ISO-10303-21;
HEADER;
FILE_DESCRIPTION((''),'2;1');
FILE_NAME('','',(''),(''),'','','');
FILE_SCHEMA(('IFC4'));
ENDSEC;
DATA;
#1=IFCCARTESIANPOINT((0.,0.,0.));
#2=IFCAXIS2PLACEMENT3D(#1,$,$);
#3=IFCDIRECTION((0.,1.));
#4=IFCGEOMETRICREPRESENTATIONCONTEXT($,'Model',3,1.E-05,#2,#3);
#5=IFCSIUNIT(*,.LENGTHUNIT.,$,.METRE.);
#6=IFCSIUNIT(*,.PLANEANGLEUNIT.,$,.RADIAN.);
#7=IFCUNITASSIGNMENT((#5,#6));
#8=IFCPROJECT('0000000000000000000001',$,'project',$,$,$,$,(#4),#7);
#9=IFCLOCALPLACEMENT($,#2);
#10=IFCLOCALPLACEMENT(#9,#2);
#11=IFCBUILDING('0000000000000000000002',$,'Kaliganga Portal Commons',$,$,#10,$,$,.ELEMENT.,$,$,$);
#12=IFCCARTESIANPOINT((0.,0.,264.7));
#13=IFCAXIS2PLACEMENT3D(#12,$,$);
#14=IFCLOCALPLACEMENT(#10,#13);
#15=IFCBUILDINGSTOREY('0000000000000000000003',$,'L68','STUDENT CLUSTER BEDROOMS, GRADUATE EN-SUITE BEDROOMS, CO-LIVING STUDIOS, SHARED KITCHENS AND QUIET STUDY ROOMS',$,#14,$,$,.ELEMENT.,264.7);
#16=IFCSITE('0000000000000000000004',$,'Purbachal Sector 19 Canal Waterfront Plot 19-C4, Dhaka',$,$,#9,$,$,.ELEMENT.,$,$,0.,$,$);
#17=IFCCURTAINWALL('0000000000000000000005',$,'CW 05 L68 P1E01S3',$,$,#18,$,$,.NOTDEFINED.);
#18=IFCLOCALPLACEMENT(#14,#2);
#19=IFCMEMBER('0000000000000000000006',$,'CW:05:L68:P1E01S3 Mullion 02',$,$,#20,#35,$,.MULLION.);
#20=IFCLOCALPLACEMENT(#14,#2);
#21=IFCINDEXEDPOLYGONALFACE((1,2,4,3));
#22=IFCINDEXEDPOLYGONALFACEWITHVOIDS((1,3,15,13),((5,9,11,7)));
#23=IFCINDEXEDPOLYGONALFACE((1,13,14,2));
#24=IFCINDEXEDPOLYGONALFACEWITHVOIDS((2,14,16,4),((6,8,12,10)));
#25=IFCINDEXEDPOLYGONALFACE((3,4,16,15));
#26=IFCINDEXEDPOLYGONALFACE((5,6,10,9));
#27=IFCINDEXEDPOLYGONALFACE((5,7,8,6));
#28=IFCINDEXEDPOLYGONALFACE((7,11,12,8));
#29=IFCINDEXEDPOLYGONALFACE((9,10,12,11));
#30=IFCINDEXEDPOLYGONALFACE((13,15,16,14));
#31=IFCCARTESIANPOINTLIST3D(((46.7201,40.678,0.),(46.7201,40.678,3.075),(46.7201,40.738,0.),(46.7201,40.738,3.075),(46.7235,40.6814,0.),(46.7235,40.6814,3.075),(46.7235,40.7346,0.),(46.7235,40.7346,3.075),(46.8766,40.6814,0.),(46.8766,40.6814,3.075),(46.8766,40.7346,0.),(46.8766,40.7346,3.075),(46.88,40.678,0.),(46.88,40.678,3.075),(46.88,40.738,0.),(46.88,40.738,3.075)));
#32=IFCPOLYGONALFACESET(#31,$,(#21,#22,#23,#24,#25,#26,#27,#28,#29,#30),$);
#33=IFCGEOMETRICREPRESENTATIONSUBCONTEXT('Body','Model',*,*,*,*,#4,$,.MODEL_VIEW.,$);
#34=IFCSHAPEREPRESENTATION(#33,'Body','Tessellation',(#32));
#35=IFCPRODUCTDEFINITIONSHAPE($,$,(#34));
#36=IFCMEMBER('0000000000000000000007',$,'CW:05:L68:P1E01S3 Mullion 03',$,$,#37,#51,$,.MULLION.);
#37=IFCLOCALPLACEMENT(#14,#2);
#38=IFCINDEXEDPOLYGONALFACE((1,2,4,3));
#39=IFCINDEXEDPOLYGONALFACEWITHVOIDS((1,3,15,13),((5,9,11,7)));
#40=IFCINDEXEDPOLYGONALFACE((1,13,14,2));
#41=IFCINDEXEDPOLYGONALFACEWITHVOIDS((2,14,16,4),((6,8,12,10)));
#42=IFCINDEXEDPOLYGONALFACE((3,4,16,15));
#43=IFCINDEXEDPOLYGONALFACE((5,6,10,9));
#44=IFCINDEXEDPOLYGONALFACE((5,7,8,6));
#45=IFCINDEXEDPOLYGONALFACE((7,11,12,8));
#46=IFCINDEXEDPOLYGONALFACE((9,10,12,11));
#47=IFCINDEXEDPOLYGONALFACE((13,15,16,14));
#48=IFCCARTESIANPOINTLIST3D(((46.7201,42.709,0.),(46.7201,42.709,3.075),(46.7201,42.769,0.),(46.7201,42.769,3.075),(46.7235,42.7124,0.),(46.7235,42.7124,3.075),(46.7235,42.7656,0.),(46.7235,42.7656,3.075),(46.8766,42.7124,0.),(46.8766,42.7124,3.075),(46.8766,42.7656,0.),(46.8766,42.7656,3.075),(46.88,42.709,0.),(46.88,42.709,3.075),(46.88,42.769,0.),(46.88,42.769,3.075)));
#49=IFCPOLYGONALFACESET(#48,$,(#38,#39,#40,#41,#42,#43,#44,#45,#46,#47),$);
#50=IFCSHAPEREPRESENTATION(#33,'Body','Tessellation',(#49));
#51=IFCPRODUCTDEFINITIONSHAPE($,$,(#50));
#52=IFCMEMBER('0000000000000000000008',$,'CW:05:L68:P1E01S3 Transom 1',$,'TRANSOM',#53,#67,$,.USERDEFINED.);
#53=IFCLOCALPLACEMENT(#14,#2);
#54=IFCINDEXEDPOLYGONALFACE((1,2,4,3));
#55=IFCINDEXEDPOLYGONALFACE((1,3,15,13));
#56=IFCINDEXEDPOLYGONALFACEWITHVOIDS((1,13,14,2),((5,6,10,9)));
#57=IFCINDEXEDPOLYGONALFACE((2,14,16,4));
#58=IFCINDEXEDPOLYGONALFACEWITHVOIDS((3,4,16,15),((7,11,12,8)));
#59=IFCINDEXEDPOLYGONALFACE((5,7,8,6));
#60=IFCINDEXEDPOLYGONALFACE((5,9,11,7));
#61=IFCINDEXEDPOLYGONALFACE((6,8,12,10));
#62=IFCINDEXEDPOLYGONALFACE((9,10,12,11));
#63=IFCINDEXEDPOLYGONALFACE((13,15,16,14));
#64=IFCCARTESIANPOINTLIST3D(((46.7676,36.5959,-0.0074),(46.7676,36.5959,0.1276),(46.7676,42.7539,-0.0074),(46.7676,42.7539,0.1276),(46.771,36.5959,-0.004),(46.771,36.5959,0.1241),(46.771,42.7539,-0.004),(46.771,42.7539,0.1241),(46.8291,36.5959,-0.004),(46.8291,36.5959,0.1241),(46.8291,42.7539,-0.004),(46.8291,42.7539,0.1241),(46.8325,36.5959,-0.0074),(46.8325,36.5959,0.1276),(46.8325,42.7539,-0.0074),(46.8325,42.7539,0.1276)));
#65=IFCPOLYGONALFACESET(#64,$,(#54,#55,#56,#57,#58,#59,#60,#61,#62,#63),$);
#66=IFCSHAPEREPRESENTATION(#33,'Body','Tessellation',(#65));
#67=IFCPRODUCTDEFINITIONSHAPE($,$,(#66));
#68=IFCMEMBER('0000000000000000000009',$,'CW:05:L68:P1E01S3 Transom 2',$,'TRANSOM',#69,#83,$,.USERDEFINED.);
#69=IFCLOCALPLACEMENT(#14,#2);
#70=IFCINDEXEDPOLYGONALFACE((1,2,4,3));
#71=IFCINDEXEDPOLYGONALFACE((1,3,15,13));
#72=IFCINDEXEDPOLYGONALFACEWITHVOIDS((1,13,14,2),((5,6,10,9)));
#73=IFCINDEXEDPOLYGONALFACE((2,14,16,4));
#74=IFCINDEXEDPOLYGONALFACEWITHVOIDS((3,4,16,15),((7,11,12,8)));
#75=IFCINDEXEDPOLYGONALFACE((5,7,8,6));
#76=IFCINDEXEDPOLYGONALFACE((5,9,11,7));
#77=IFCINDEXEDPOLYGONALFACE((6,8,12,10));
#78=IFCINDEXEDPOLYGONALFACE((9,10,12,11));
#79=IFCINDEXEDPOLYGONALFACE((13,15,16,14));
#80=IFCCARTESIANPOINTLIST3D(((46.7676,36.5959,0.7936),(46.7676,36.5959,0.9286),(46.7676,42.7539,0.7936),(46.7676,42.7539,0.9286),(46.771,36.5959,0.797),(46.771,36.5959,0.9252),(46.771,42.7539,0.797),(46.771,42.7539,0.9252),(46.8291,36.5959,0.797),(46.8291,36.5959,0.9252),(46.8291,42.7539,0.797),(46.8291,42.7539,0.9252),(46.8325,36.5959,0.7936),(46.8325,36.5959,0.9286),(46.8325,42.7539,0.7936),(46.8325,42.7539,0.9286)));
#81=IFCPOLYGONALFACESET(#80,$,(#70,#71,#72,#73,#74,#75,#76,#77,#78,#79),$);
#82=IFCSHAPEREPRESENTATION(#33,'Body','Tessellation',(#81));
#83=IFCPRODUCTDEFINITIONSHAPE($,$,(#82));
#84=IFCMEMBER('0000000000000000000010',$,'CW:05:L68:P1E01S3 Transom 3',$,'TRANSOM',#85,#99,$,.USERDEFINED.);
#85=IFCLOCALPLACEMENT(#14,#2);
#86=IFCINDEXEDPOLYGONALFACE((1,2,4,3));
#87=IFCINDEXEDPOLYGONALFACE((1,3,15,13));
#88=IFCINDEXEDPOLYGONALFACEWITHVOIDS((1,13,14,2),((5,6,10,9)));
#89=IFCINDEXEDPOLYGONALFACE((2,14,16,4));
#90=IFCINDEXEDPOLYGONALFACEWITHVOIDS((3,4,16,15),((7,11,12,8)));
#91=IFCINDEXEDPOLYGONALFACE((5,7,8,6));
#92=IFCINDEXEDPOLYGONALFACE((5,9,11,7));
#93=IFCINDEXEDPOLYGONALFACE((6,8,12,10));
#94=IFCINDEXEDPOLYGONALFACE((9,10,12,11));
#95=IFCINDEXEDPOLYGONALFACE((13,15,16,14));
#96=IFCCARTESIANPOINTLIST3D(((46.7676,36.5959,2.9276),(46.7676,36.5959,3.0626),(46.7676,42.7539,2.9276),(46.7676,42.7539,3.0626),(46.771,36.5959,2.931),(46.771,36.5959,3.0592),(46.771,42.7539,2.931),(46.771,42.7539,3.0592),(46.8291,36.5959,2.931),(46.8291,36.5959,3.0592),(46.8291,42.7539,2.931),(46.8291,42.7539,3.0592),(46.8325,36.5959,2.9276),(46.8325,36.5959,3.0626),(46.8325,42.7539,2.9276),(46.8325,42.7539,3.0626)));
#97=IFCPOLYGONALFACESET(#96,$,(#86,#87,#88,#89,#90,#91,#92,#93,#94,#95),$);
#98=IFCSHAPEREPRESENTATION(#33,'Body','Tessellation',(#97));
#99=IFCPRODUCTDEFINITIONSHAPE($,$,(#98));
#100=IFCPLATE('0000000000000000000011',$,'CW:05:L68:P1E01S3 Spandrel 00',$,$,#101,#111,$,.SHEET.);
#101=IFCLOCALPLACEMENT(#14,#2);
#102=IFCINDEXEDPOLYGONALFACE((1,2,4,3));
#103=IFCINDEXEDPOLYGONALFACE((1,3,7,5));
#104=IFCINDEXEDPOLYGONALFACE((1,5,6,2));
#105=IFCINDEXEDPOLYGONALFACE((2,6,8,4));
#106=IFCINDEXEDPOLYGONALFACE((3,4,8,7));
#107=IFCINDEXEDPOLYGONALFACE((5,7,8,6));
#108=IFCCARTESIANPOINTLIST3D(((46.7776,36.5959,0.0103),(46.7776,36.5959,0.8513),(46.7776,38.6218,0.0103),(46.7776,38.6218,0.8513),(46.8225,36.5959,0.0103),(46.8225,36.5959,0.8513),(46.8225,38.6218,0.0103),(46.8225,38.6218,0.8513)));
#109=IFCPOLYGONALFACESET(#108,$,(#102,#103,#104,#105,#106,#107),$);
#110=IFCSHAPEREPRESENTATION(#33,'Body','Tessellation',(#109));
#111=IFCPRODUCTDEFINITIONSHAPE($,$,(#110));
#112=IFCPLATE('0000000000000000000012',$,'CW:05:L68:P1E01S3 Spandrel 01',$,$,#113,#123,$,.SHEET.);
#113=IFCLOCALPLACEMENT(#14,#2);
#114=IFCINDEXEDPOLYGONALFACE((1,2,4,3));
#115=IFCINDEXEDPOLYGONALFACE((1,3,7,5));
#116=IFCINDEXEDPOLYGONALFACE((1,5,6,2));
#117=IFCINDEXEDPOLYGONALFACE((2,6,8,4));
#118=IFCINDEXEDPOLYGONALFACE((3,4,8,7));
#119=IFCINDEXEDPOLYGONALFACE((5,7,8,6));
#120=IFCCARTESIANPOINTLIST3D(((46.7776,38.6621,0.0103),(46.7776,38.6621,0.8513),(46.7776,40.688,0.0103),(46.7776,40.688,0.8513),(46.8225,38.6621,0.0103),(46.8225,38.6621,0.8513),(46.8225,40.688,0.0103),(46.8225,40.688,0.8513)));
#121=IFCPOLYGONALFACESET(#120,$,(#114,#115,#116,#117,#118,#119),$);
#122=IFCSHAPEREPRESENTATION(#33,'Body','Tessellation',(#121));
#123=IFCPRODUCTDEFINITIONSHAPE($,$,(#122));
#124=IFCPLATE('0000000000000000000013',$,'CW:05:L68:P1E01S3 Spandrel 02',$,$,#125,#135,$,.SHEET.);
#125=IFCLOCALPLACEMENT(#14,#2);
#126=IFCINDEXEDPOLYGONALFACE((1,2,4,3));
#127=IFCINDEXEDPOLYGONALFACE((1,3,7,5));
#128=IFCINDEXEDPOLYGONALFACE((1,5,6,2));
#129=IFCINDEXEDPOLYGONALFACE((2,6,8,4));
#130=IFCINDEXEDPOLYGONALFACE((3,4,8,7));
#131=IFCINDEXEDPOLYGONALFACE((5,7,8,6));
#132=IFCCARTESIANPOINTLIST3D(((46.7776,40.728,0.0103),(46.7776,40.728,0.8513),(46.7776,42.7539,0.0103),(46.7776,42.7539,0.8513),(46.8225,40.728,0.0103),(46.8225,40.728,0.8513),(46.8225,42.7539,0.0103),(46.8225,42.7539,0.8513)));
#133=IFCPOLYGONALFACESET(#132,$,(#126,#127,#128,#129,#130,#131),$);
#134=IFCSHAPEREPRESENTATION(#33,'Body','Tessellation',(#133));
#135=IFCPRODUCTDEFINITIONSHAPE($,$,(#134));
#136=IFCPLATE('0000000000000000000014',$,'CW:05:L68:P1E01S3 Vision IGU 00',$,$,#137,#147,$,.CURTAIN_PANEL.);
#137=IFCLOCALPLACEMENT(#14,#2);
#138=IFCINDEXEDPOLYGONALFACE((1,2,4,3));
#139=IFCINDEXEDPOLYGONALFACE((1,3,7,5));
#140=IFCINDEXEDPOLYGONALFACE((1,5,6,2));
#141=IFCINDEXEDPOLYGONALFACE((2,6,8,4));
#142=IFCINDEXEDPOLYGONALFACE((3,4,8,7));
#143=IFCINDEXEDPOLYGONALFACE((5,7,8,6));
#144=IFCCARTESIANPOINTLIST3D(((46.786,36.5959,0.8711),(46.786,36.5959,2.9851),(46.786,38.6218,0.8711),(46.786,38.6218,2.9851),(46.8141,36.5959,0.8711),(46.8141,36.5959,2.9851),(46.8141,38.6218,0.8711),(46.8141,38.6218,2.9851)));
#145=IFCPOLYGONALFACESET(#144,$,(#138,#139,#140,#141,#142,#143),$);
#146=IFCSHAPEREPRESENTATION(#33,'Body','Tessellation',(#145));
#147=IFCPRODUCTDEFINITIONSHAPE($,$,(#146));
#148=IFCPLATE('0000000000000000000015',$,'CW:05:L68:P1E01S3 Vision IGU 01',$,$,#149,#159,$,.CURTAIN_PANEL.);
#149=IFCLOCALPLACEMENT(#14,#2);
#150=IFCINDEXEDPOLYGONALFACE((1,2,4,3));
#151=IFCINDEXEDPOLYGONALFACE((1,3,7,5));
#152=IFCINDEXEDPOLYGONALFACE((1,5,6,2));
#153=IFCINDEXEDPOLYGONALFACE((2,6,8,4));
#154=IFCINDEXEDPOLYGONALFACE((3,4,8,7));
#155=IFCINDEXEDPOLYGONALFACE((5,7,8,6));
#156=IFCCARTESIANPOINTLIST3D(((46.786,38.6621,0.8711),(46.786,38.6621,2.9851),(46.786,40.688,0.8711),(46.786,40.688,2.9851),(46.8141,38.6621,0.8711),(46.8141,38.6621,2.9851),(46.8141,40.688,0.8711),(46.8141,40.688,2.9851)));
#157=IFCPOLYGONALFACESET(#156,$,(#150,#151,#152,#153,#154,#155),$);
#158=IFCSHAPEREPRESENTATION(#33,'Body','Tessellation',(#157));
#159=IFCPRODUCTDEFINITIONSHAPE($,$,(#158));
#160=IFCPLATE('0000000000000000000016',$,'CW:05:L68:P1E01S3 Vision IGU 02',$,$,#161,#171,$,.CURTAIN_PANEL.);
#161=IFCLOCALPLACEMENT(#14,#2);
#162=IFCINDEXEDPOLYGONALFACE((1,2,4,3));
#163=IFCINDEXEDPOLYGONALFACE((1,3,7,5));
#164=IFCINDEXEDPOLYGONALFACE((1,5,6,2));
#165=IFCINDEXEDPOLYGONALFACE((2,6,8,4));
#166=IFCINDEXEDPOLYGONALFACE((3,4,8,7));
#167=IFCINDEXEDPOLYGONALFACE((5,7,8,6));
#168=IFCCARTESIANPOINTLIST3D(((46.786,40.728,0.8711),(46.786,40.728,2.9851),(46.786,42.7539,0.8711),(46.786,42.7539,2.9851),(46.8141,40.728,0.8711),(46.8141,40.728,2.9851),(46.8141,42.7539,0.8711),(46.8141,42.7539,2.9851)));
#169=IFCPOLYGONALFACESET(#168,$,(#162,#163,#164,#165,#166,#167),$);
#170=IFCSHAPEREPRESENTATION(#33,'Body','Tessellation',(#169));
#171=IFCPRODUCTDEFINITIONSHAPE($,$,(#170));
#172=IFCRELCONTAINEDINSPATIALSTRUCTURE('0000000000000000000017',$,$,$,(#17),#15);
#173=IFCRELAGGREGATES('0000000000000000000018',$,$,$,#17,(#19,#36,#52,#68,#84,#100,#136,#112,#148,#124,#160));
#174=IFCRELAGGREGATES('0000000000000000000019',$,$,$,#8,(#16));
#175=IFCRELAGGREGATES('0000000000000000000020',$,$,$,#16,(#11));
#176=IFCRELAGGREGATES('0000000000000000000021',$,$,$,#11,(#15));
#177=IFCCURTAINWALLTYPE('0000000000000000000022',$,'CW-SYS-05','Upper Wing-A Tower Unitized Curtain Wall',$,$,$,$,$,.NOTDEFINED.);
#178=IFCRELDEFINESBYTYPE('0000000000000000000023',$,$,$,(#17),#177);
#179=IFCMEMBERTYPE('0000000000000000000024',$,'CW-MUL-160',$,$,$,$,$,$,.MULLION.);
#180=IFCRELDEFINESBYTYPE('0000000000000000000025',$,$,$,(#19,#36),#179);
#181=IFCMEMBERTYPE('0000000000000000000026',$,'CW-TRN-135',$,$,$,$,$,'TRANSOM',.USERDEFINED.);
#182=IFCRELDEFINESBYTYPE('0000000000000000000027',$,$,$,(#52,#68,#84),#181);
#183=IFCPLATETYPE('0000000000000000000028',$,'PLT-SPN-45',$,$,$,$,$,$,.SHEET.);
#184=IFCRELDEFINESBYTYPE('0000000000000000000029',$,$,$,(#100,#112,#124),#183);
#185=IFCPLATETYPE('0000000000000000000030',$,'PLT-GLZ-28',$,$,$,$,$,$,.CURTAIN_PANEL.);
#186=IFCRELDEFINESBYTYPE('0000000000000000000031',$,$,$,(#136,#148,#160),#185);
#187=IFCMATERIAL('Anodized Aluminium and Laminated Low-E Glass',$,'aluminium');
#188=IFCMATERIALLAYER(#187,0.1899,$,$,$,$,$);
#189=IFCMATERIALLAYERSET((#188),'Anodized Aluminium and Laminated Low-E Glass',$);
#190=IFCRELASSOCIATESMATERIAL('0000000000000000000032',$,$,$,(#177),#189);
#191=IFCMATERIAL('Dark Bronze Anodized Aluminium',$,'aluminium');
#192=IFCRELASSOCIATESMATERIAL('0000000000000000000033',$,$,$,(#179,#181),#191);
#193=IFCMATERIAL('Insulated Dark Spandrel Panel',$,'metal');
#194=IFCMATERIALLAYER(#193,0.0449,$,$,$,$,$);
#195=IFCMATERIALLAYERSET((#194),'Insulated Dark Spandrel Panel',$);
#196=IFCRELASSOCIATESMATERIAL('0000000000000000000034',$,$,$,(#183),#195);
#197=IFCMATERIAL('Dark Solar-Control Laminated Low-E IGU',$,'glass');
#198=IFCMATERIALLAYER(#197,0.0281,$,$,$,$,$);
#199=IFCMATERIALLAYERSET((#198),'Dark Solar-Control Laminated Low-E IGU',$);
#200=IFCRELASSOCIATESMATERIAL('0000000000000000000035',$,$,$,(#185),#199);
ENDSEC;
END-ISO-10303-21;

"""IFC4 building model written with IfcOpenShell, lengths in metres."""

from ifc_helpers import new_model, si_unit, direction, frame, origin, origin_2d, place, context, subcontext, project, spatial, rectangle, hollow_rectangle, extrude, source, transform, mapped, material, layer, layer_set, material_profile, profile_set, type_object, element, aggregate, save


model = new_model("IFC4")

# Units and contexts
model_context = context("Model", 3, precision=1e-05, world=origin(), true_north=direction((0.0, 1.0)))
body_context = subcontext(model_context, "Body", "Model", "MODEL_VIEW")
ifc_project = project(units=[si_unit("LENGTHUNIT", "METRE"), si_unit("PLANEANGLEUNIT", "RADIAN")], contexts=[model_context])

# Site, building, storey
site_placement = place(None, origin())
site = spatial("IfcSite", under=ifc_project, at=site_placement, Name="Purbachal Sector 19 Canal Waterfront Plot 19-C4, Dhaka", CompositionType="ELEMENT", RefElevation=0.0)
building_placement = place(site_placement, origin())
building = spatial("IfcBuilding", under=site, at=building_placement, Name="Kaliganga Portal Commons", CompositionType="ELEMENT")
storey_placement = place(building_placement, frame((0.0, 0.0, 264.7)))
storey = spatial("IfcBuildingStorey", under=building, at=storey_placement, Name="L68", Description="STUDENT CLUSTER BEDROOMS, GRADUATE EN-SUITE BEDROOMS, CO-LIVING STUDIOS, SHARED KITCHENS AND QUIET STUDY ROOMS", CompositionType="ELEMENT", Elevation=264.7)

# Shared definitions
ifc_material_1 = material(Name="Anodized Aluminium and Laminated Low-E Glass", Category="aluminium")
ifc_layer_1 = layer(ifc_material_1, 0.1899)
ifc_layer_set_1 = layer_set([ifc_layer_1], Name="Anodized Aluminium and Laminated Low-E Glass")
curtain_wall_type = type_object("IfcCurtainWallType", Name="CW-SYS-05", Description="Upper Wing-A Tower Unitized Curtain Wall", PredefinedType="NOTDEFINED", material=ifc_layer_set_1)
ifc_material_2 = material(Name="Dark Bronze Anodized Aluminium", Category="aluminium")
ifc_material_profile_1 = material_profile(ifc_material_2, hollow_rectangle(XDim=0.0601, YDim=0.1599, WallThickness=0.0034, at=origin_2d()), Name="ALU MULL 60x160x3.5")
ifc_profile_set_1 = profile_set([ifc_material_profile_1], Name="Dark Bronze Anodized Aluminium")
member_type_1 = type_object("IfcMemberType", Name="CW-MUL-160", PredefinedType="MULLION", material=ifc_profile_set_1)
shared_shape_1 = source(origin(), body_context, "Body", "SweptSolid", [
    extrude(hollow_rectangle(XDim=0.0601, YDim=0.1599, WallThickness=0.0034, at=origin_2d()), origin(), (0.0, 0.0, 1.0), 3.075),
])

# Curtain wall, members, plates
curtain_wall_1_placement = place(storey_placement, origin())
curtain_wall_1 = element("IfcCurtainWall", 1, at=curtain_wall_1_placement, inside=storey, type_object=curtain_wall_type, Name="CW 05 L68 P1E01S3", PredefinedType="NOTDEFINED")
member_1_placement = place(storey_placement, frame((46.8, 40.708, 0.0), z_axis=(0.0, 0.0, 1.0), x_axis=(0.0, 1.0, 0.0)))
member_1 = element("IfcMember", 2, at=member_1_placement, type_object=member_type_1, Name="CW:05:L68:P1E01S3 Mullion 02", PredefinedType="MULLION", context=body_context, shape_type="MappedRepresentation", body=[
    mapped(shared_shape_1, transform((0.0, 0.0, 0.0), x_axis=(1.0, 0.0, 0.0), y_axis=(0.0, 1.0, 0.0), z_axis=(0.0, 0.0, 1.0), scale=1.0)),
])
member_2_placement = place(storey_placement, frame((46.8, 42.739, 0.0), z_axis=(0.0, 0.0, 1.0), x_axis=(0.0, 1.0, 0.0)))
member_2 = element("IfcMember", 3, at=member_2_placement, type_object=member_type_1, Name="CW:05:L68:P1E01S3 Mullion 03", PredefinedType="MULLION", context=body_context, shape_type="MappedRepresentation", body=[
    mapped(shared_shape_1, transform((0.0, 0.0, 0.0), x_axis=(1.0, 0.0, 0.0), y_axis=(0.0, 1.0, 0.0), z_axis=(0.0, 0.0, 1.0), scale=1.0)),
])
ifc_material_profile_2 = material_profile(ifc_material_2, hollow_rectangle(XDim=0.0649, YDim=0.135, WallThickness=0.0034, at=origin_2d()), Name="ALU TRAN 65x135x3.5")
ifc_profile_set_2 = profile_set([ifc_material_profile_2], Name="Dark Bronze Anodized Aluminium")
member_type_2 = type_object("IfcMemberType", Name="CW-TRN-135", ElementType="TRANSOM", PredefinedType="USERDEFINED", material=ifc_profile_set_2)
shared_shape_2 = source(origin(), body_context, "Body", "SweptSolid", [
    extrude(hollow_rectangle(XDim=0.0649, YDim=0.135, WallThickness=0.0034, at=origin_2d()), origin(), (0.0, 0.0, 1.0), 6.158),
])
member_3_placement = place(storey_placement, frame((46.8, 36.5959, 0.0601), z_axis=(0.0, 1.0, 0.0), x_axis=(-1.0, 0.0, 0.0)))
member_3 = element("IfcMember", 4, at=member_3_placement, type_object=member_type_2, Name="CW:05:L68:P1E01S3 Transom 1", ObjectType="TRANSOM", PredefinedType="USERDEFINED", context=body_context, shape_type="MappedRepresentation", body=[
    mapped(shared_shape_2, transform((0.0, 0.0, 0.0), x_axis=(1.0, 0.0, 0.0), y_axis=(0.0, 1.0, 0.0), z_axis=(0.0, 0.0, 1.0), scale=1.0)),
])
member_4_placement = place(storey_placement, frame((46.8, 36.5959, 0.8611), z_axis=(0.0, 1.0, 0.0), x_axis=(-1.0, 0.0, 0.0)))
member_4 = element("IfcMember", 5, at=member_4_placement, type_object=member_type_2, Name="CW:05:L68:P1E01S3 Transom 2", ObjectType="TRANSOM", PredefinedType="USERDEFINED", context=body_context, shape_type="MappedRepresentation", body=[
    mapped(shared_shape_2, transform((0.0, 0.0, 0.0), x_axis=(1.0, 0.0, 0.0), y_axis=(0.0, 1.0, 0.0), z_axis=(0.0, 0.0, 1.0), scale=1.0)),
])
member_5_placement = place(storey_placement, frame((46.8, 36.5959, 2.9951), z_axis=(0.0, 1.0, 0.0), x_axis=(-1.0, 0.0, 0.0)))
member_5 = element("IfcMember", 6, at=member_5_placement, type_object=member_type_2, Name="CW:05:L68:P1E01S3 Transom 3", ObjectType="TRANSOM", PredefinedType="USERDEFINED", context=body_context, shape_type="MappedRepresentation", body=[
    mapped(shared_shape_2, transform((0.0, 0.0, 0.0), x_axis=(1.0, 0.0, 0.0), y_axis=(0.0, 1.0, 0.0), z_axis=(0.0, 0.0, 1.0), scale=1.0)),
])
ifc_material_3 = material(Name="Insulated Dark Spandrel Panel", Category="metal")
ifc_layer_2 = layer(ifc_material_3, 0.0449)
ifc_layer_set_2 = layer_set([ifc_layer_2], Name="Insulated Dark Spandrel Panel")
plate_type_1 = type_object("IfcPlateType", Name="PLT-SPN-45", PredefinedType="SHEET", material=ifc_layer_set_2)
shared_shape_3 = source(origin(), body_context, "Body", "SweptSolid", [
    extrude(rectangle(XDim=2.0259, YDim=0.0449, at=origin_2d()), origin(), (0.0, 0.0, 1.0), 0.8411),
])
plate_1_placement = place(storey_placement, frame((46.8, 37.6089, 0.0103), z_axis=(0.0, 0.0, 1.0), x_axis=(0.0, 1.0, 0.0)))
plate_1 = element("IfcPlate", 7, at=plate_1_placement, type_object=plate_type_1, Name="CW:05:L68:P1E01S3 Spandrel 00", PredefinedType="SHEET", context=body_context, shape_type="MappedRepresentation", body=[
    mapped(shared_shape_3, transform((0.0, 0.0, 0.0), x_axis=(1.0, 0.0, 0.0), y_axis=(0.0, 1.0, 0.0), z_axis=(0.0, 0.0, 1.0), scale=1.0)),
])
plate_2_placement = place(storey_placement, frame((46.8, 39.675, 0.0103), z_axis=(0.0, 0.0, 1.0), x_axis=(0.0, 1.0, 0.0)))
plate_2 = element("IfcPlate", 8, at=plate_2_placement, type_object=plate_type_1, Name="CW:05:L68:P1E01S3 Spandrel 01", PredefinedType="SHEET", context=body_context, shape_type="MappedRepresentation", body=[
    mapped(shared_shape_3, transform((0.0, 0.0, 0.0), x_axis=(1.0, 0.0, 0.0), y_axis=(0.0, 1.0, 0.0), z_axis=(0.0, 0.0, 1.0), scale=1.0)),
])
plate_3_placement = place(storey_placement, frame((46.8, 41.741, 0.0103), z_axis=(0.0, 0.0, 1.0), x_axis=(0.0, 1.0, 0.0)))
plate_3 = element("IfcPlate", 9, at=plate_3_placement, type_object=plate_type_1, Name="CW:05:L68:P1E01S3 Spandrel 02", PredefinedType="SHEET", context=body_context, shape_type="MappedRepresentation", body=[
    mapped(shared_shape_3, transform((0.0, 0.0, 0.0), x_axis=(1.0, 0.0, 0.0), y_axis=(0.0, 1.0, 0.0), z_axis=(0.0, 0.0, 1.0), scale=1.0)),
])
ifc_material_4 = material(Name="Dark Solar-Control Laminated Low-E IGU", Category="glass")
ifc_layer_3 = layer(ifc_material_4, 0.0281)
ifc_layer_set_3 = layer_set([ifc_layer_3], Name="Dark Solar-Control Laminated Low-E IGU")
plate_type_2 = type_object("IfcPlateType", Name="PLT-GLZ-28", PredefinedType="CURTAIN_PANEL", material=ifc_layer_set_3)
shared_shape_4 = source(origin(), body_context, "Body", "SweptSolid", [
    extrude(rectangle(XDim=2.0259, YDim=0.0281, at=origin_2d()), origin(), (0.0, 0.0, 1.0), 2.114),
])
plate_4_placement = place(storey_placement, frame((46.8, 37.6089, 0.8711), z_axis=(0.0, 0.0, 1.0), x_axis=(0.0, 1.0, 0.0)))
plate_4 = element("IfcPlate", 10, at=plate_4_placement, type_object=plate_type_2, Name="CW:05:L68:P1E01S3 Vision IGU 00", PredefinedType="CURTAIN_PANEL", context=body_context, shape_type="MappedRepresentation", body=[
    mapped(shared_shape_4, transform((0.0, 0.0, 0.0), x_axis=(1.0, 0.0, 0.0), y_axis=(0.0, 1.0, 0.0), z_axis=(0.0, 0.0, 1.0), scale=1.0)),
])
plate_5_placement = place(storey_placement, frame((46.8, 39.675, 0.8711), z_axis=(0.0, 0.0, 1.0), x_axis=(0.0, 1.0, 0.0)))
plate_5 = element("IfcPlate", 11, at=plate_5_placement, type_object=plate_type_2, Name="CW:05:L68:P1E01S3 Vision IGU 01", PredefinedType="CURTAIN_PANEL", context=body_context, shape_type="MappedRepresentation", body=[
    mapped(shared_shape_4, transform((0.0, 0.0, 0.0), x_axis=(1.0, 0.0, 0.0), y_axis=(0.0, 1.0, 0.0), z_axis=(0.0, 0.0, 1.0), scale=1.0)),
])
plate_6_placement = place(storey_placement, frame((46.8, 41.741, 0.8711), z_axis=(0.0, 0.0, 1.0), x_axis=(0.0, 1.0, 0.0)))
plate_6 = element("IfcPlate", 12, at=plate_6_placement, type_object=plate_type_2, Name="CW:05:L68:P1E01S3 Vision IGU 02", PredefinedType="CURTAIN_PANEL", context=body_context, shape_type="MappedRepresentation", body=[
    mapped(shared_shape_4, transform((0.0, 0.0, 0.0), x_axis=(1.0, 0.0, 0.0), y_axis=(0.0, 1.0, 0.0), z_axis=(0.0, 0.0, 1.0), scale=1.0)),
])
aggregate(curtain_wall_1, [member_1, member_2, member_3, member_4, member_5, plate_1, plate_4, plate_2, plate_5, plate_3, plate_6])

save(model, "model.ifc")
